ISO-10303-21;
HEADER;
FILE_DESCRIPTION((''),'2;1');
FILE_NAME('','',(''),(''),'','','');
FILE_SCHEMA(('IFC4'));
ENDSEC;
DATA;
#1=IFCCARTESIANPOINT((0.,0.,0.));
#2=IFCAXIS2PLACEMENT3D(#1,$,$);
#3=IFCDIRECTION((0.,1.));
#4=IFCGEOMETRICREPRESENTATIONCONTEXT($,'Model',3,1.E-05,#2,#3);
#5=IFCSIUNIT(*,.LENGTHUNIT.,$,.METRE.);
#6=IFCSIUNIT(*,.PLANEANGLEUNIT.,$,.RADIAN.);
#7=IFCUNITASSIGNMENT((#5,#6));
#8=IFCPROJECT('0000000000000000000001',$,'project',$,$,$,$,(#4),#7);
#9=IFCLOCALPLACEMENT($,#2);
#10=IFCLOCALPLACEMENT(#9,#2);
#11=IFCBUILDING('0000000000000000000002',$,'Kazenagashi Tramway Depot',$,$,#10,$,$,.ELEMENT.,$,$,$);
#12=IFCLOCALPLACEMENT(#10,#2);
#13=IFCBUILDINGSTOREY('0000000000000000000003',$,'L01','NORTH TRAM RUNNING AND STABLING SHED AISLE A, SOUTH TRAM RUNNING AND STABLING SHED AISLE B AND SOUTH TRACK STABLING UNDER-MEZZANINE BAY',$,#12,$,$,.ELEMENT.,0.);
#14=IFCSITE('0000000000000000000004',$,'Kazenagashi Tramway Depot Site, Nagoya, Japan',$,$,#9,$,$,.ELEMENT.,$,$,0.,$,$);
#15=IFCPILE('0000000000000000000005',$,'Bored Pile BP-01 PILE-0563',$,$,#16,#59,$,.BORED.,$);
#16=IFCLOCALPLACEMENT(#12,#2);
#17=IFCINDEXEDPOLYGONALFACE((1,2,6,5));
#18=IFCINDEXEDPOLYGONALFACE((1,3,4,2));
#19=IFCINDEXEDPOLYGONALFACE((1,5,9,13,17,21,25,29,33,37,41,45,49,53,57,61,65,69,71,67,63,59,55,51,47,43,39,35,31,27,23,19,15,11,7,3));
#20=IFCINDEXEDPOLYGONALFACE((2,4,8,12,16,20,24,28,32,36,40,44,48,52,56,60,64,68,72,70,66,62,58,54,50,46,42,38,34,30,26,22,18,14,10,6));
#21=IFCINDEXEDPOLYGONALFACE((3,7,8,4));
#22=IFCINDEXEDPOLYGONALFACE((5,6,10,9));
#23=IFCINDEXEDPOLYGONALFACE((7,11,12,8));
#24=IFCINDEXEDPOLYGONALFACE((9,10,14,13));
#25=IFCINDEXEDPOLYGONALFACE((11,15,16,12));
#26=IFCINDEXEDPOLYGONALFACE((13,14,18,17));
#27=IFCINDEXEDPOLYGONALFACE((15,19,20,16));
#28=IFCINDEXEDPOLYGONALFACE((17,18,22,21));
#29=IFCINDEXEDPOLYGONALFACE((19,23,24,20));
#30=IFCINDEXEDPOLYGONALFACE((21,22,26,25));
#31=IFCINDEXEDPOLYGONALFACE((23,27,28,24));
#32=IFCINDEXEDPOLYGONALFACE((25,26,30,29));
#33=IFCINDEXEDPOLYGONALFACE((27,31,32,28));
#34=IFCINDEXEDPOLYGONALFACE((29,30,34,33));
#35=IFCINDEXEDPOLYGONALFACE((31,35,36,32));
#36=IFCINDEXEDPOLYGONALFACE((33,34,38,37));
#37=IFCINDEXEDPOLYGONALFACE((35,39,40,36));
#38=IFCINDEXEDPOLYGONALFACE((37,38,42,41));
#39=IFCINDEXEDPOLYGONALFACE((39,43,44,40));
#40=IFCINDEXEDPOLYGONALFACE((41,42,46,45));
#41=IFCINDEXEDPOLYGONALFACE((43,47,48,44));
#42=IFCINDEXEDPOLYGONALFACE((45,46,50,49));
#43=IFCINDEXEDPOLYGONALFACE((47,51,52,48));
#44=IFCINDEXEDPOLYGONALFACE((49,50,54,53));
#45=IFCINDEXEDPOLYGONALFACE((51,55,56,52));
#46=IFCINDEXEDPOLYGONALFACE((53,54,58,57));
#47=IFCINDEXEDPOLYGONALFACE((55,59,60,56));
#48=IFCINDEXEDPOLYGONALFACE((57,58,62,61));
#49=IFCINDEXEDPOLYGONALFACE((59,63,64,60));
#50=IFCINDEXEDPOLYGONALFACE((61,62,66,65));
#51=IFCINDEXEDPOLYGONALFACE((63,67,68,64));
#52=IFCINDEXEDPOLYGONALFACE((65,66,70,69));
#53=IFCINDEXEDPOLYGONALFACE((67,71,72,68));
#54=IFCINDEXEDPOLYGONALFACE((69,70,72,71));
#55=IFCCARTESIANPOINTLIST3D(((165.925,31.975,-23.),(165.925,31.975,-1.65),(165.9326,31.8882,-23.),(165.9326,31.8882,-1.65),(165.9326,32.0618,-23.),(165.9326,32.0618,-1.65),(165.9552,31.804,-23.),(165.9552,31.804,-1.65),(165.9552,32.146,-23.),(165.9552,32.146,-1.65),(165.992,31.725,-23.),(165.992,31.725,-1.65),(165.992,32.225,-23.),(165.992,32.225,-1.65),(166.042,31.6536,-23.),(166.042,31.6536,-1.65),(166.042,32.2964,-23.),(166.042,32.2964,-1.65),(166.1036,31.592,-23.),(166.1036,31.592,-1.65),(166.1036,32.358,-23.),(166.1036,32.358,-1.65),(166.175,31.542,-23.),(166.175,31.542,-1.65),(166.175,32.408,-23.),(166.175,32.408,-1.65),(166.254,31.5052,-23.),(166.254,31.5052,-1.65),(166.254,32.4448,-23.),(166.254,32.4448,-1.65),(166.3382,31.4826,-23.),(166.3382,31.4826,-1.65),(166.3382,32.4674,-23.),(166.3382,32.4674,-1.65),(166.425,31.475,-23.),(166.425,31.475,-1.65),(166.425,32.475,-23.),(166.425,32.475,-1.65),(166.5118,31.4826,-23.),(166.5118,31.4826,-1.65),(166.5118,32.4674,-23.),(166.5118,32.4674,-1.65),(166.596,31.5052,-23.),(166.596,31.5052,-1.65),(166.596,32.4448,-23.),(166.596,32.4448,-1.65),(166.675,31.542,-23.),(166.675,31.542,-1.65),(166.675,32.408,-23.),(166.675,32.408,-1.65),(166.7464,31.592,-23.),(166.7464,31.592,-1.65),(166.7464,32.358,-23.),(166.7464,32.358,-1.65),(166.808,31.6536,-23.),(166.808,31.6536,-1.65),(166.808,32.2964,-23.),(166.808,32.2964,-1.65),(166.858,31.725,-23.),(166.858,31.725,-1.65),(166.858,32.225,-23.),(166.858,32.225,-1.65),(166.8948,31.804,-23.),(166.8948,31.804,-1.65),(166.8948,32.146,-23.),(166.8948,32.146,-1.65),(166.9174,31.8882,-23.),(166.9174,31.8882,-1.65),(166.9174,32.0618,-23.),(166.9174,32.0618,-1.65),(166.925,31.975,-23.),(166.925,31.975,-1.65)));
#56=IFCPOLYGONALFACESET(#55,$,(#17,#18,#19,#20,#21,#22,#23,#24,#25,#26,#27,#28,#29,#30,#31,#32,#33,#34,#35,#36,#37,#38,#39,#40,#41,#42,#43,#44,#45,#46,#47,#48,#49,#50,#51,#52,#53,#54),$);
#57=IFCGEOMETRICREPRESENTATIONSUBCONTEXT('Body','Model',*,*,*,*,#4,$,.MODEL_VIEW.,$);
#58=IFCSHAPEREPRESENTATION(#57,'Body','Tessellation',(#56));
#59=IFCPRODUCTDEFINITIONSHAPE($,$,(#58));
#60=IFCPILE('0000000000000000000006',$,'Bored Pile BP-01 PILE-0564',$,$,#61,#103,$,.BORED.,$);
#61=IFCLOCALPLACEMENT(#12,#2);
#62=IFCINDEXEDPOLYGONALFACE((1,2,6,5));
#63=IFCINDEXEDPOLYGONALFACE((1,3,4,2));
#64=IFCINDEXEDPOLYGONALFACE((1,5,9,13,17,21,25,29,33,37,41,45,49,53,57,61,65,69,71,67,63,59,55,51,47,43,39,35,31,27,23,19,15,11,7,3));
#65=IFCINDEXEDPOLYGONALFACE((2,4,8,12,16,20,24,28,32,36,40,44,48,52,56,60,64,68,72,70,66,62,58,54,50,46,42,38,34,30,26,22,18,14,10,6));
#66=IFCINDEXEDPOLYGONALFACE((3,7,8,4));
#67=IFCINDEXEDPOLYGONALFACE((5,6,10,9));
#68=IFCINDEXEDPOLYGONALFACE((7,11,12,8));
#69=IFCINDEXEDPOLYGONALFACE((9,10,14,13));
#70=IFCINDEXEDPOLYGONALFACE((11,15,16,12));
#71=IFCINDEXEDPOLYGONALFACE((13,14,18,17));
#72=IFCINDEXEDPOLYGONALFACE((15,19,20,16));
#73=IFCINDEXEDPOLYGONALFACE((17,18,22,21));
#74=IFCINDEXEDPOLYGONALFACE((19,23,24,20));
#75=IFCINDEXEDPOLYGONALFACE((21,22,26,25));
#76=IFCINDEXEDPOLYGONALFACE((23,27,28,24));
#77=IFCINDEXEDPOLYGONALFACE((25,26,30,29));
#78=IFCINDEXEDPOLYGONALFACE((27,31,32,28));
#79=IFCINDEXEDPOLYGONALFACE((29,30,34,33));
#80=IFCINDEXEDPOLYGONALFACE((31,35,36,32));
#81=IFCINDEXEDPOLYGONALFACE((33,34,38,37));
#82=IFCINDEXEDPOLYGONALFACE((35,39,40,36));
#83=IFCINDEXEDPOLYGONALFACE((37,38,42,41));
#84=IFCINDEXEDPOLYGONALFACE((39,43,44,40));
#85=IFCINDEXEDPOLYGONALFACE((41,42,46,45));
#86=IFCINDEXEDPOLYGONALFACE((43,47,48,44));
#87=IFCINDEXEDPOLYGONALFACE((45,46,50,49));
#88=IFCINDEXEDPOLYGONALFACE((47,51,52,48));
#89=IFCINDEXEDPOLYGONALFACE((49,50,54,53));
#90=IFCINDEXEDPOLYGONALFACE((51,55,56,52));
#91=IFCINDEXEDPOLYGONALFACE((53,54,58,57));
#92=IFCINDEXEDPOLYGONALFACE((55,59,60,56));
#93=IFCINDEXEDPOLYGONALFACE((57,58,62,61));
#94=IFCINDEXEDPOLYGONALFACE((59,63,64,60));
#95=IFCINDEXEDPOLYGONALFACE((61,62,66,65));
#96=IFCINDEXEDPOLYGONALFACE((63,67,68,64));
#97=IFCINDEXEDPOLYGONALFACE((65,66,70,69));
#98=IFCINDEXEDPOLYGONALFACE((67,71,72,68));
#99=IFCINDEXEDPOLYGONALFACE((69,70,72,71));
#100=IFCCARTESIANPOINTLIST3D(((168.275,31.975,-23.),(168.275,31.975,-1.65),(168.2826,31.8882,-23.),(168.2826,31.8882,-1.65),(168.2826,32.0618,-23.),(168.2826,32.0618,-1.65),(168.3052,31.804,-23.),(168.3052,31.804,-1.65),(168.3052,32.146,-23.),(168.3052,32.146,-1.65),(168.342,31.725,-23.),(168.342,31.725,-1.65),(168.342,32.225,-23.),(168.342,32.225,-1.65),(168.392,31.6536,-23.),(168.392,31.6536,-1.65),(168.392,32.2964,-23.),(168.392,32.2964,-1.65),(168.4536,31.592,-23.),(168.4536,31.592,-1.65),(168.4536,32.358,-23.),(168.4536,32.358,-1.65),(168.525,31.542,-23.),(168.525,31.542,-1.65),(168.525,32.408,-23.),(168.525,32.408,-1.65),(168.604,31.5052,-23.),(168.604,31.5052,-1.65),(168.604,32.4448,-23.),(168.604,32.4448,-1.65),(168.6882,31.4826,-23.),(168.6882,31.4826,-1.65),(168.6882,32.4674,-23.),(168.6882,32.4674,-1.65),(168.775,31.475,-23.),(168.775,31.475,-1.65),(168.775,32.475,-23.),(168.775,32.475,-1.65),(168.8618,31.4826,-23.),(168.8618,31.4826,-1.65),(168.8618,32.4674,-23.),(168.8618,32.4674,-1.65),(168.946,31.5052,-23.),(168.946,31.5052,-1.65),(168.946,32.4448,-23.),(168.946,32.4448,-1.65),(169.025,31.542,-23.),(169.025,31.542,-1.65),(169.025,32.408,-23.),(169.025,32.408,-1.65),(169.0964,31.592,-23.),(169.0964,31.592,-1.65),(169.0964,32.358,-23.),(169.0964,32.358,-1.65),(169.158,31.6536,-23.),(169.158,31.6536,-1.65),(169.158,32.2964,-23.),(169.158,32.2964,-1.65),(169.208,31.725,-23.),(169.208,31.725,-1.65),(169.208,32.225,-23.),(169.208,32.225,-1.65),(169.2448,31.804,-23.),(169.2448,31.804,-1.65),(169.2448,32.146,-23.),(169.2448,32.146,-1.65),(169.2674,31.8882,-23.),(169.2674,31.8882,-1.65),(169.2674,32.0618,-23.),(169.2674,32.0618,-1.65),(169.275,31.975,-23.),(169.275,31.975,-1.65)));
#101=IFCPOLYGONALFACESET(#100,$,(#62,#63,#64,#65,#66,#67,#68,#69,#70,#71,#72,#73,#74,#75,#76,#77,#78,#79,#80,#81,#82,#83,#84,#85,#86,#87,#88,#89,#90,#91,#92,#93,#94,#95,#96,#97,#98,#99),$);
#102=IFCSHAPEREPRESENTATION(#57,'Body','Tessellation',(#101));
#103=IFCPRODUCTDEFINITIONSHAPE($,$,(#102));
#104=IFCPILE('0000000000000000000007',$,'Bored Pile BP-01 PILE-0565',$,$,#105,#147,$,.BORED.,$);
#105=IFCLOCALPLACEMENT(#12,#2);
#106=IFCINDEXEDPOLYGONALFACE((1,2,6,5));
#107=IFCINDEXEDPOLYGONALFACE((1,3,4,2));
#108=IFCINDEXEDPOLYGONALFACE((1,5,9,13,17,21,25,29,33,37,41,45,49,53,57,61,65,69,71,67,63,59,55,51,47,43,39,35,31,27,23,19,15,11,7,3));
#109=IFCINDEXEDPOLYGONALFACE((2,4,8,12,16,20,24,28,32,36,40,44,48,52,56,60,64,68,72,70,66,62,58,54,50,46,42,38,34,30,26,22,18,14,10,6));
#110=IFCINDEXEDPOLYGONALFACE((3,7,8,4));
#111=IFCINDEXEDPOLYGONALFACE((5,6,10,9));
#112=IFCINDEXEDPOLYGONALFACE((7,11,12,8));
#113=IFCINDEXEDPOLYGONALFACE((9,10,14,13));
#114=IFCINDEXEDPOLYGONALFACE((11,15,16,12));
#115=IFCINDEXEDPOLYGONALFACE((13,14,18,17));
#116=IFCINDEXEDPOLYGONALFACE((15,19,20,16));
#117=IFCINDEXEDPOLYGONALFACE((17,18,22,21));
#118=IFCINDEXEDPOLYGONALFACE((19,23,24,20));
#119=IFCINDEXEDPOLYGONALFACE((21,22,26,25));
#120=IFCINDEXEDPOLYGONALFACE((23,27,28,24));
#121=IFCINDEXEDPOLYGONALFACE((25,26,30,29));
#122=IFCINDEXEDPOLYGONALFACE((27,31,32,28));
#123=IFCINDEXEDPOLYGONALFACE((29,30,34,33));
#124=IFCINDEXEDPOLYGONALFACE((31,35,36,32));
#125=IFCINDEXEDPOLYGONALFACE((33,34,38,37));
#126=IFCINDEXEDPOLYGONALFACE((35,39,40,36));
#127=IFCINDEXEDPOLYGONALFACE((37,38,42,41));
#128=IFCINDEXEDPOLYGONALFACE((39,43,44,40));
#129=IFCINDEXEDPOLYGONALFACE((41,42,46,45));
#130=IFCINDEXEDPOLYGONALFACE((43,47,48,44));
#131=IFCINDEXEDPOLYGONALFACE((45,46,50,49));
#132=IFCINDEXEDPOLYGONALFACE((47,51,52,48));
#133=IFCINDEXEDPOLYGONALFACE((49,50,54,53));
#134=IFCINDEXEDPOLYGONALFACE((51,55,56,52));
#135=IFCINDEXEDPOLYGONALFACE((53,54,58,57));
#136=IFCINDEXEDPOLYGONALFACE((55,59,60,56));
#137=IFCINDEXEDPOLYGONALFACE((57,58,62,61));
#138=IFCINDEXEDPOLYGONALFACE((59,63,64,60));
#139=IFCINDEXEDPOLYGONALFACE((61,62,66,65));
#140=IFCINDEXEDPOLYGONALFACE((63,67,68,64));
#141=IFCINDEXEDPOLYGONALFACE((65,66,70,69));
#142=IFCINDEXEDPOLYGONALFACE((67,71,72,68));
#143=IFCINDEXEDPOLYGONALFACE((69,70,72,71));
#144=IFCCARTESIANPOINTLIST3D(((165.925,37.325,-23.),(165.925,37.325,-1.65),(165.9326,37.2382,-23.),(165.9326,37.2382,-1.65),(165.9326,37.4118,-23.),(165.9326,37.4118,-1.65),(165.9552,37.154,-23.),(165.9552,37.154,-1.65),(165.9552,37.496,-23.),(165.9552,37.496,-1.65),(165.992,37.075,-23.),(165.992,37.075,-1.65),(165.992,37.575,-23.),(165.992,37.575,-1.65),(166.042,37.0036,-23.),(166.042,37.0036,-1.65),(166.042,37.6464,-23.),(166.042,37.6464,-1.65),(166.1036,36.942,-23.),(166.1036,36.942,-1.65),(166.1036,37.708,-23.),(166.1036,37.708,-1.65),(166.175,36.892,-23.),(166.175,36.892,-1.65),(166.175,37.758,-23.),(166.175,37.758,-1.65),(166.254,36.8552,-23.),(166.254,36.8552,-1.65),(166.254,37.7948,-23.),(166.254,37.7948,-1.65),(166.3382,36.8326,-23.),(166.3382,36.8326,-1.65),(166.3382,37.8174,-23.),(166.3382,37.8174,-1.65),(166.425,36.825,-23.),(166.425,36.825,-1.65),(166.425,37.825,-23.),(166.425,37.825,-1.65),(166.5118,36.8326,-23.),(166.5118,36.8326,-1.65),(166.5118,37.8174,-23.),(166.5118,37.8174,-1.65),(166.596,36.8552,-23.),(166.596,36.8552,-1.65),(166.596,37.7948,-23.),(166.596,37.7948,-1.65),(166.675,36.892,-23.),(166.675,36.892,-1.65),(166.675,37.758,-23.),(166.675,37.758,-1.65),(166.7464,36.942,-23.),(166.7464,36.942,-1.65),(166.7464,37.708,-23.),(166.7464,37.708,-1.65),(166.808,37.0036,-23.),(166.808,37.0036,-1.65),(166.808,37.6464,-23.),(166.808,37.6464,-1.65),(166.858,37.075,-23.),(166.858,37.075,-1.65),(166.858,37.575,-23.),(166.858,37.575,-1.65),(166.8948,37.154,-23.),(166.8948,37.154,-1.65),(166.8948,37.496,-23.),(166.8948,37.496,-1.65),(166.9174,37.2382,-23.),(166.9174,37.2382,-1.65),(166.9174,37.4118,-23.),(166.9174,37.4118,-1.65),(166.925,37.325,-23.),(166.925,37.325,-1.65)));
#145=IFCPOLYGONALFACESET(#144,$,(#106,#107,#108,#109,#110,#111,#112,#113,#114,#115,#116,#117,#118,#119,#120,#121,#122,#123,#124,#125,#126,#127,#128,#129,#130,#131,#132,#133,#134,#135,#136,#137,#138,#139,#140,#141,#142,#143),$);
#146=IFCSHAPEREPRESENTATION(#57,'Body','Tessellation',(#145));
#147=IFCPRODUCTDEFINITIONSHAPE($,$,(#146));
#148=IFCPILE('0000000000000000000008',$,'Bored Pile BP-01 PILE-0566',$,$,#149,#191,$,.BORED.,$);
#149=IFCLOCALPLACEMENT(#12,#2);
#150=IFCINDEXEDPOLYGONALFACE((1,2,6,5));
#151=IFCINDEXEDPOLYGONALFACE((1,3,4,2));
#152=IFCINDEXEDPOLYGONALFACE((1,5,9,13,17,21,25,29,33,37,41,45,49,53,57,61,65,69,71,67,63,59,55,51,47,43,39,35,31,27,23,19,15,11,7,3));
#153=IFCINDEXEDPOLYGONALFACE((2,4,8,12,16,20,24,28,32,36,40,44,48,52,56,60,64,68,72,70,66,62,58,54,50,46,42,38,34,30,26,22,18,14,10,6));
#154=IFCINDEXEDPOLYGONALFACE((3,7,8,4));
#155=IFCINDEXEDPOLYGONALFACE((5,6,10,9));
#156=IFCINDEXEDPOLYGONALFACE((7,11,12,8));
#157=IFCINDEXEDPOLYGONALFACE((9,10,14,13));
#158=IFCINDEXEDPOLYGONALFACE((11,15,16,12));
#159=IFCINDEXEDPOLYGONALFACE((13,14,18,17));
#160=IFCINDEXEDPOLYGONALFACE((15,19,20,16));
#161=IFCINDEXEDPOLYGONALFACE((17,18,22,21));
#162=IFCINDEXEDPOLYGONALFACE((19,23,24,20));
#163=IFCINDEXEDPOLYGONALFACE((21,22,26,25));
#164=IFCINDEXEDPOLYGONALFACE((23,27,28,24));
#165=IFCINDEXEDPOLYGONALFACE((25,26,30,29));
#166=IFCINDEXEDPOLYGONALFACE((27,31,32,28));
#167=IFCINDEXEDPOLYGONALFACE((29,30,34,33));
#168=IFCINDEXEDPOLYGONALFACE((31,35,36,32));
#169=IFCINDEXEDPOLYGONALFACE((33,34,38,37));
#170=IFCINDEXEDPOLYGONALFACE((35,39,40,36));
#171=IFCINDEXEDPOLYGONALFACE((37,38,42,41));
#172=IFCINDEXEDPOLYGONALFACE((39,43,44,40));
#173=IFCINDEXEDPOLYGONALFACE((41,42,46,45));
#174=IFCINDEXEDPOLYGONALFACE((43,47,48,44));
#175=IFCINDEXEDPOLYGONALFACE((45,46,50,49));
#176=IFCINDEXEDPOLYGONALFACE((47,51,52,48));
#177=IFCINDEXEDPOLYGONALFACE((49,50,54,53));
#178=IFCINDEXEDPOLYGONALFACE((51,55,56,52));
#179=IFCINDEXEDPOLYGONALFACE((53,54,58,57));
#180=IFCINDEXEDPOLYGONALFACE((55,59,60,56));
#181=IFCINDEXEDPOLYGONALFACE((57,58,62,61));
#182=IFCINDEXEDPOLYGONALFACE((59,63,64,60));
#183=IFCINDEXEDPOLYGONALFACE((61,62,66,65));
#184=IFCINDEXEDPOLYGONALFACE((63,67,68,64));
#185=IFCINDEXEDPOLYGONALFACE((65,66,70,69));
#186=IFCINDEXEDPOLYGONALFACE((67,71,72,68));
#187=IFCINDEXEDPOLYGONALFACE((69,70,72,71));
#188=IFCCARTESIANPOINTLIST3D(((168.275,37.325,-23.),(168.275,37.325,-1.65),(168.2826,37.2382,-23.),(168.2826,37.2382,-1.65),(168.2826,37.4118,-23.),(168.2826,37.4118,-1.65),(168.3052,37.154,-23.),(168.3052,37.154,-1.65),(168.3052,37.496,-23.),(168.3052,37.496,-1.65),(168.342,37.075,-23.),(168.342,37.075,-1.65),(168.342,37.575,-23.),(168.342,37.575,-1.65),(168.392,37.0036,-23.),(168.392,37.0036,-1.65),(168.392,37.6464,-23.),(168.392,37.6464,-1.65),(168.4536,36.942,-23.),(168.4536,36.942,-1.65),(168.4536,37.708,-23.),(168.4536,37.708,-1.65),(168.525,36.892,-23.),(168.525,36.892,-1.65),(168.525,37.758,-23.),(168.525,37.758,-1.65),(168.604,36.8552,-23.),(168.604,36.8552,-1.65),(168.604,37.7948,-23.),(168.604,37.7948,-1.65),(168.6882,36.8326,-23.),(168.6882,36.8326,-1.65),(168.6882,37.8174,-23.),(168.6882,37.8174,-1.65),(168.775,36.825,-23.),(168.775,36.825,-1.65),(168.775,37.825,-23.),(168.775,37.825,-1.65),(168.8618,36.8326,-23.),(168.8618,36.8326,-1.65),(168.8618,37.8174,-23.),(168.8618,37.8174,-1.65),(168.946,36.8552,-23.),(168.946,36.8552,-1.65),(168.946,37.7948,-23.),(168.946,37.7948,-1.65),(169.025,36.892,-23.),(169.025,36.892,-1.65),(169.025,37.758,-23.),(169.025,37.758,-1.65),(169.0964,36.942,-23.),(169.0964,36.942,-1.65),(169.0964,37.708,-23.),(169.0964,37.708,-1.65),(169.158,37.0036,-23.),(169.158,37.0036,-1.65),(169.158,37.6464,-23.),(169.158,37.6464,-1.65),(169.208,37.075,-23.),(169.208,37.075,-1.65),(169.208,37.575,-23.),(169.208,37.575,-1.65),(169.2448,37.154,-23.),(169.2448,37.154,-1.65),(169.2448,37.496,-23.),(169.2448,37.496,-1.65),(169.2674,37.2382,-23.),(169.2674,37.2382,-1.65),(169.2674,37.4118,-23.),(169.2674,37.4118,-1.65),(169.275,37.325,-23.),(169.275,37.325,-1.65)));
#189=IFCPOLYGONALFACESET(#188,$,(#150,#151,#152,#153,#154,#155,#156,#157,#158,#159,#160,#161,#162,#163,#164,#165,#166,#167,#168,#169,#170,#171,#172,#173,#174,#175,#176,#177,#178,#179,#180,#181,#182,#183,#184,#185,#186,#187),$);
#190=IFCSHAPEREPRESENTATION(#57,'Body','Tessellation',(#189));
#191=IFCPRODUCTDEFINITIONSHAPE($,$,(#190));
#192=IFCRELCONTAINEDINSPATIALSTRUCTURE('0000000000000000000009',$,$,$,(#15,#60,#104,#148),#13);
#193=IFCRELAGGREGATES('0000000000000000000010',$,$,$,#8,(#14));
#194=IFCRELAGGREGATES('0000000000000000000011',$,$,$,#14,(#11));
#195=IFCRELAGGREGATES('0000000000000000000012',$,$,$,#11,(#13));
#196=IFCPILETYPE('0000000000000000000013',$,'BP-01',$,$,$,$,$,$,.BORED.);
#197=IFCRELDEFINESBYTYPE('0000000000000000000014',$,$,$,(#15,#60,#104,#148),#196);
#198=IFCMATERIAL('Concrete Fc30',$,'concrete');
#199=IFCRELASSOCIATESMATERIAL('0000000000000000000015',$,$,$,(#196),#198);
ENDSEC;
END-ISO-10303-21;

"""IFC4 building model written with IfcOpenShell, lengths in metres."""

from ifc_helpers import new_model, si_unit, direction, frame, origin, origin_2d, place, context, subcontext, project, spatial, circle, extrude, material, material_profile, profile_set, type_object, element, save


model = new_model("IFC4")

# Units and contexts
model_context = context("Model", 3, precision=1e-05, world=origin(), true_north=direction((0.0, 1.0)))
body_context = subcontext(model_context, "Body", "Model", "MODEL_VIEW")
ifc_project = project(units=[si_unit("LENGTHUNIT", "METRE"), si_unit("PLANEANGLEUNIT", "RADIAN")], contexts=[model_context])

# Site, building, storey
site_placement = place(None, origin())
site = spatial("IfcSite", under=ifc_project, at=site_placement, Name="Kazenagashi Tramway Depot Site, Nagoya, Japan", CompositionType="ELEMENT", RefElevation=0.0)
building_placement = place(site_placement, origin())
building = spatial("IfcBuilding", under=site, at=building_placement, Name="Kazenagashi Tramway Depot", CompositionType="ELEMENT")
storey_placement = place(building_placement, origin())
storey = spatial("IfcBuildingStorey", under=building, at=storey_placement, Name="L01", Description="NORTH TRAM RUNNING AND STABLING SHED AISLE A, SOUTH TRAM RUNNING AND STABLING SHED AISLE B AND SOUTH TRACK STABLING UNDER-MEZZANINE BAY", CompositionType="ELEMENT", Elevation=0.0)

# Piles
ifc_material_1 = material(Name="Concrete Fc30", Category="concrete")
ifc_material_profile_1 = material_profile(ifc_material_1, circle(Radius=0.5, at=origin_2d()), Name="PILE-1000")
ifc_profile_set_1 = profile_set([ifc_material_profile_1], Name="Concrete Fc30")
pile_type = type_object("IfcPileType", Name="BP-01", PredefinedType="BORED", material=ifc_profile_set_1)
for number, where, z_axis, x_axis, name in (
    (1, (166.425, 31.975, -1.65), (0.0, 0.0, -1.0), (1.0, 0.0, 0.0), "Bored Pile BP-01 PILE-0563"),
    (2, (168.775, 31.975, -1.65), (0.0, 0.0, -1.0), (1.0, 0.0, 0.0), "Bored Pile BP-01 PILE-0564"),
    (3, (166.425, 37.325, -1.65), (0.0, 0.0, -1.0), (1.0, 0.0, 0.0), "Bored Pile BP-01 PILE-0565"),
    (4, (168.775, 37.325, -1.65), (0.0, 0.0, -1.0), (1.0, 0.0, 0.0), "Bored Pile BP-01 PILE-0566"),
):
    element("IfcPile", number, at=place(storey_placement, frame(where, z_axis=z_axis, x_axis=x_axis)), inside=storey, type_object=pile_type, Name=name, PredefinedType="BORED", context=body_context, shape_type="SweptSolid", body=[
        extrude(circle(Radius=0.5, at=origin_2d()), origin(), (0.0, 0.0, 1.0), 21.35),
    ])

save(model, "model.ifc")
